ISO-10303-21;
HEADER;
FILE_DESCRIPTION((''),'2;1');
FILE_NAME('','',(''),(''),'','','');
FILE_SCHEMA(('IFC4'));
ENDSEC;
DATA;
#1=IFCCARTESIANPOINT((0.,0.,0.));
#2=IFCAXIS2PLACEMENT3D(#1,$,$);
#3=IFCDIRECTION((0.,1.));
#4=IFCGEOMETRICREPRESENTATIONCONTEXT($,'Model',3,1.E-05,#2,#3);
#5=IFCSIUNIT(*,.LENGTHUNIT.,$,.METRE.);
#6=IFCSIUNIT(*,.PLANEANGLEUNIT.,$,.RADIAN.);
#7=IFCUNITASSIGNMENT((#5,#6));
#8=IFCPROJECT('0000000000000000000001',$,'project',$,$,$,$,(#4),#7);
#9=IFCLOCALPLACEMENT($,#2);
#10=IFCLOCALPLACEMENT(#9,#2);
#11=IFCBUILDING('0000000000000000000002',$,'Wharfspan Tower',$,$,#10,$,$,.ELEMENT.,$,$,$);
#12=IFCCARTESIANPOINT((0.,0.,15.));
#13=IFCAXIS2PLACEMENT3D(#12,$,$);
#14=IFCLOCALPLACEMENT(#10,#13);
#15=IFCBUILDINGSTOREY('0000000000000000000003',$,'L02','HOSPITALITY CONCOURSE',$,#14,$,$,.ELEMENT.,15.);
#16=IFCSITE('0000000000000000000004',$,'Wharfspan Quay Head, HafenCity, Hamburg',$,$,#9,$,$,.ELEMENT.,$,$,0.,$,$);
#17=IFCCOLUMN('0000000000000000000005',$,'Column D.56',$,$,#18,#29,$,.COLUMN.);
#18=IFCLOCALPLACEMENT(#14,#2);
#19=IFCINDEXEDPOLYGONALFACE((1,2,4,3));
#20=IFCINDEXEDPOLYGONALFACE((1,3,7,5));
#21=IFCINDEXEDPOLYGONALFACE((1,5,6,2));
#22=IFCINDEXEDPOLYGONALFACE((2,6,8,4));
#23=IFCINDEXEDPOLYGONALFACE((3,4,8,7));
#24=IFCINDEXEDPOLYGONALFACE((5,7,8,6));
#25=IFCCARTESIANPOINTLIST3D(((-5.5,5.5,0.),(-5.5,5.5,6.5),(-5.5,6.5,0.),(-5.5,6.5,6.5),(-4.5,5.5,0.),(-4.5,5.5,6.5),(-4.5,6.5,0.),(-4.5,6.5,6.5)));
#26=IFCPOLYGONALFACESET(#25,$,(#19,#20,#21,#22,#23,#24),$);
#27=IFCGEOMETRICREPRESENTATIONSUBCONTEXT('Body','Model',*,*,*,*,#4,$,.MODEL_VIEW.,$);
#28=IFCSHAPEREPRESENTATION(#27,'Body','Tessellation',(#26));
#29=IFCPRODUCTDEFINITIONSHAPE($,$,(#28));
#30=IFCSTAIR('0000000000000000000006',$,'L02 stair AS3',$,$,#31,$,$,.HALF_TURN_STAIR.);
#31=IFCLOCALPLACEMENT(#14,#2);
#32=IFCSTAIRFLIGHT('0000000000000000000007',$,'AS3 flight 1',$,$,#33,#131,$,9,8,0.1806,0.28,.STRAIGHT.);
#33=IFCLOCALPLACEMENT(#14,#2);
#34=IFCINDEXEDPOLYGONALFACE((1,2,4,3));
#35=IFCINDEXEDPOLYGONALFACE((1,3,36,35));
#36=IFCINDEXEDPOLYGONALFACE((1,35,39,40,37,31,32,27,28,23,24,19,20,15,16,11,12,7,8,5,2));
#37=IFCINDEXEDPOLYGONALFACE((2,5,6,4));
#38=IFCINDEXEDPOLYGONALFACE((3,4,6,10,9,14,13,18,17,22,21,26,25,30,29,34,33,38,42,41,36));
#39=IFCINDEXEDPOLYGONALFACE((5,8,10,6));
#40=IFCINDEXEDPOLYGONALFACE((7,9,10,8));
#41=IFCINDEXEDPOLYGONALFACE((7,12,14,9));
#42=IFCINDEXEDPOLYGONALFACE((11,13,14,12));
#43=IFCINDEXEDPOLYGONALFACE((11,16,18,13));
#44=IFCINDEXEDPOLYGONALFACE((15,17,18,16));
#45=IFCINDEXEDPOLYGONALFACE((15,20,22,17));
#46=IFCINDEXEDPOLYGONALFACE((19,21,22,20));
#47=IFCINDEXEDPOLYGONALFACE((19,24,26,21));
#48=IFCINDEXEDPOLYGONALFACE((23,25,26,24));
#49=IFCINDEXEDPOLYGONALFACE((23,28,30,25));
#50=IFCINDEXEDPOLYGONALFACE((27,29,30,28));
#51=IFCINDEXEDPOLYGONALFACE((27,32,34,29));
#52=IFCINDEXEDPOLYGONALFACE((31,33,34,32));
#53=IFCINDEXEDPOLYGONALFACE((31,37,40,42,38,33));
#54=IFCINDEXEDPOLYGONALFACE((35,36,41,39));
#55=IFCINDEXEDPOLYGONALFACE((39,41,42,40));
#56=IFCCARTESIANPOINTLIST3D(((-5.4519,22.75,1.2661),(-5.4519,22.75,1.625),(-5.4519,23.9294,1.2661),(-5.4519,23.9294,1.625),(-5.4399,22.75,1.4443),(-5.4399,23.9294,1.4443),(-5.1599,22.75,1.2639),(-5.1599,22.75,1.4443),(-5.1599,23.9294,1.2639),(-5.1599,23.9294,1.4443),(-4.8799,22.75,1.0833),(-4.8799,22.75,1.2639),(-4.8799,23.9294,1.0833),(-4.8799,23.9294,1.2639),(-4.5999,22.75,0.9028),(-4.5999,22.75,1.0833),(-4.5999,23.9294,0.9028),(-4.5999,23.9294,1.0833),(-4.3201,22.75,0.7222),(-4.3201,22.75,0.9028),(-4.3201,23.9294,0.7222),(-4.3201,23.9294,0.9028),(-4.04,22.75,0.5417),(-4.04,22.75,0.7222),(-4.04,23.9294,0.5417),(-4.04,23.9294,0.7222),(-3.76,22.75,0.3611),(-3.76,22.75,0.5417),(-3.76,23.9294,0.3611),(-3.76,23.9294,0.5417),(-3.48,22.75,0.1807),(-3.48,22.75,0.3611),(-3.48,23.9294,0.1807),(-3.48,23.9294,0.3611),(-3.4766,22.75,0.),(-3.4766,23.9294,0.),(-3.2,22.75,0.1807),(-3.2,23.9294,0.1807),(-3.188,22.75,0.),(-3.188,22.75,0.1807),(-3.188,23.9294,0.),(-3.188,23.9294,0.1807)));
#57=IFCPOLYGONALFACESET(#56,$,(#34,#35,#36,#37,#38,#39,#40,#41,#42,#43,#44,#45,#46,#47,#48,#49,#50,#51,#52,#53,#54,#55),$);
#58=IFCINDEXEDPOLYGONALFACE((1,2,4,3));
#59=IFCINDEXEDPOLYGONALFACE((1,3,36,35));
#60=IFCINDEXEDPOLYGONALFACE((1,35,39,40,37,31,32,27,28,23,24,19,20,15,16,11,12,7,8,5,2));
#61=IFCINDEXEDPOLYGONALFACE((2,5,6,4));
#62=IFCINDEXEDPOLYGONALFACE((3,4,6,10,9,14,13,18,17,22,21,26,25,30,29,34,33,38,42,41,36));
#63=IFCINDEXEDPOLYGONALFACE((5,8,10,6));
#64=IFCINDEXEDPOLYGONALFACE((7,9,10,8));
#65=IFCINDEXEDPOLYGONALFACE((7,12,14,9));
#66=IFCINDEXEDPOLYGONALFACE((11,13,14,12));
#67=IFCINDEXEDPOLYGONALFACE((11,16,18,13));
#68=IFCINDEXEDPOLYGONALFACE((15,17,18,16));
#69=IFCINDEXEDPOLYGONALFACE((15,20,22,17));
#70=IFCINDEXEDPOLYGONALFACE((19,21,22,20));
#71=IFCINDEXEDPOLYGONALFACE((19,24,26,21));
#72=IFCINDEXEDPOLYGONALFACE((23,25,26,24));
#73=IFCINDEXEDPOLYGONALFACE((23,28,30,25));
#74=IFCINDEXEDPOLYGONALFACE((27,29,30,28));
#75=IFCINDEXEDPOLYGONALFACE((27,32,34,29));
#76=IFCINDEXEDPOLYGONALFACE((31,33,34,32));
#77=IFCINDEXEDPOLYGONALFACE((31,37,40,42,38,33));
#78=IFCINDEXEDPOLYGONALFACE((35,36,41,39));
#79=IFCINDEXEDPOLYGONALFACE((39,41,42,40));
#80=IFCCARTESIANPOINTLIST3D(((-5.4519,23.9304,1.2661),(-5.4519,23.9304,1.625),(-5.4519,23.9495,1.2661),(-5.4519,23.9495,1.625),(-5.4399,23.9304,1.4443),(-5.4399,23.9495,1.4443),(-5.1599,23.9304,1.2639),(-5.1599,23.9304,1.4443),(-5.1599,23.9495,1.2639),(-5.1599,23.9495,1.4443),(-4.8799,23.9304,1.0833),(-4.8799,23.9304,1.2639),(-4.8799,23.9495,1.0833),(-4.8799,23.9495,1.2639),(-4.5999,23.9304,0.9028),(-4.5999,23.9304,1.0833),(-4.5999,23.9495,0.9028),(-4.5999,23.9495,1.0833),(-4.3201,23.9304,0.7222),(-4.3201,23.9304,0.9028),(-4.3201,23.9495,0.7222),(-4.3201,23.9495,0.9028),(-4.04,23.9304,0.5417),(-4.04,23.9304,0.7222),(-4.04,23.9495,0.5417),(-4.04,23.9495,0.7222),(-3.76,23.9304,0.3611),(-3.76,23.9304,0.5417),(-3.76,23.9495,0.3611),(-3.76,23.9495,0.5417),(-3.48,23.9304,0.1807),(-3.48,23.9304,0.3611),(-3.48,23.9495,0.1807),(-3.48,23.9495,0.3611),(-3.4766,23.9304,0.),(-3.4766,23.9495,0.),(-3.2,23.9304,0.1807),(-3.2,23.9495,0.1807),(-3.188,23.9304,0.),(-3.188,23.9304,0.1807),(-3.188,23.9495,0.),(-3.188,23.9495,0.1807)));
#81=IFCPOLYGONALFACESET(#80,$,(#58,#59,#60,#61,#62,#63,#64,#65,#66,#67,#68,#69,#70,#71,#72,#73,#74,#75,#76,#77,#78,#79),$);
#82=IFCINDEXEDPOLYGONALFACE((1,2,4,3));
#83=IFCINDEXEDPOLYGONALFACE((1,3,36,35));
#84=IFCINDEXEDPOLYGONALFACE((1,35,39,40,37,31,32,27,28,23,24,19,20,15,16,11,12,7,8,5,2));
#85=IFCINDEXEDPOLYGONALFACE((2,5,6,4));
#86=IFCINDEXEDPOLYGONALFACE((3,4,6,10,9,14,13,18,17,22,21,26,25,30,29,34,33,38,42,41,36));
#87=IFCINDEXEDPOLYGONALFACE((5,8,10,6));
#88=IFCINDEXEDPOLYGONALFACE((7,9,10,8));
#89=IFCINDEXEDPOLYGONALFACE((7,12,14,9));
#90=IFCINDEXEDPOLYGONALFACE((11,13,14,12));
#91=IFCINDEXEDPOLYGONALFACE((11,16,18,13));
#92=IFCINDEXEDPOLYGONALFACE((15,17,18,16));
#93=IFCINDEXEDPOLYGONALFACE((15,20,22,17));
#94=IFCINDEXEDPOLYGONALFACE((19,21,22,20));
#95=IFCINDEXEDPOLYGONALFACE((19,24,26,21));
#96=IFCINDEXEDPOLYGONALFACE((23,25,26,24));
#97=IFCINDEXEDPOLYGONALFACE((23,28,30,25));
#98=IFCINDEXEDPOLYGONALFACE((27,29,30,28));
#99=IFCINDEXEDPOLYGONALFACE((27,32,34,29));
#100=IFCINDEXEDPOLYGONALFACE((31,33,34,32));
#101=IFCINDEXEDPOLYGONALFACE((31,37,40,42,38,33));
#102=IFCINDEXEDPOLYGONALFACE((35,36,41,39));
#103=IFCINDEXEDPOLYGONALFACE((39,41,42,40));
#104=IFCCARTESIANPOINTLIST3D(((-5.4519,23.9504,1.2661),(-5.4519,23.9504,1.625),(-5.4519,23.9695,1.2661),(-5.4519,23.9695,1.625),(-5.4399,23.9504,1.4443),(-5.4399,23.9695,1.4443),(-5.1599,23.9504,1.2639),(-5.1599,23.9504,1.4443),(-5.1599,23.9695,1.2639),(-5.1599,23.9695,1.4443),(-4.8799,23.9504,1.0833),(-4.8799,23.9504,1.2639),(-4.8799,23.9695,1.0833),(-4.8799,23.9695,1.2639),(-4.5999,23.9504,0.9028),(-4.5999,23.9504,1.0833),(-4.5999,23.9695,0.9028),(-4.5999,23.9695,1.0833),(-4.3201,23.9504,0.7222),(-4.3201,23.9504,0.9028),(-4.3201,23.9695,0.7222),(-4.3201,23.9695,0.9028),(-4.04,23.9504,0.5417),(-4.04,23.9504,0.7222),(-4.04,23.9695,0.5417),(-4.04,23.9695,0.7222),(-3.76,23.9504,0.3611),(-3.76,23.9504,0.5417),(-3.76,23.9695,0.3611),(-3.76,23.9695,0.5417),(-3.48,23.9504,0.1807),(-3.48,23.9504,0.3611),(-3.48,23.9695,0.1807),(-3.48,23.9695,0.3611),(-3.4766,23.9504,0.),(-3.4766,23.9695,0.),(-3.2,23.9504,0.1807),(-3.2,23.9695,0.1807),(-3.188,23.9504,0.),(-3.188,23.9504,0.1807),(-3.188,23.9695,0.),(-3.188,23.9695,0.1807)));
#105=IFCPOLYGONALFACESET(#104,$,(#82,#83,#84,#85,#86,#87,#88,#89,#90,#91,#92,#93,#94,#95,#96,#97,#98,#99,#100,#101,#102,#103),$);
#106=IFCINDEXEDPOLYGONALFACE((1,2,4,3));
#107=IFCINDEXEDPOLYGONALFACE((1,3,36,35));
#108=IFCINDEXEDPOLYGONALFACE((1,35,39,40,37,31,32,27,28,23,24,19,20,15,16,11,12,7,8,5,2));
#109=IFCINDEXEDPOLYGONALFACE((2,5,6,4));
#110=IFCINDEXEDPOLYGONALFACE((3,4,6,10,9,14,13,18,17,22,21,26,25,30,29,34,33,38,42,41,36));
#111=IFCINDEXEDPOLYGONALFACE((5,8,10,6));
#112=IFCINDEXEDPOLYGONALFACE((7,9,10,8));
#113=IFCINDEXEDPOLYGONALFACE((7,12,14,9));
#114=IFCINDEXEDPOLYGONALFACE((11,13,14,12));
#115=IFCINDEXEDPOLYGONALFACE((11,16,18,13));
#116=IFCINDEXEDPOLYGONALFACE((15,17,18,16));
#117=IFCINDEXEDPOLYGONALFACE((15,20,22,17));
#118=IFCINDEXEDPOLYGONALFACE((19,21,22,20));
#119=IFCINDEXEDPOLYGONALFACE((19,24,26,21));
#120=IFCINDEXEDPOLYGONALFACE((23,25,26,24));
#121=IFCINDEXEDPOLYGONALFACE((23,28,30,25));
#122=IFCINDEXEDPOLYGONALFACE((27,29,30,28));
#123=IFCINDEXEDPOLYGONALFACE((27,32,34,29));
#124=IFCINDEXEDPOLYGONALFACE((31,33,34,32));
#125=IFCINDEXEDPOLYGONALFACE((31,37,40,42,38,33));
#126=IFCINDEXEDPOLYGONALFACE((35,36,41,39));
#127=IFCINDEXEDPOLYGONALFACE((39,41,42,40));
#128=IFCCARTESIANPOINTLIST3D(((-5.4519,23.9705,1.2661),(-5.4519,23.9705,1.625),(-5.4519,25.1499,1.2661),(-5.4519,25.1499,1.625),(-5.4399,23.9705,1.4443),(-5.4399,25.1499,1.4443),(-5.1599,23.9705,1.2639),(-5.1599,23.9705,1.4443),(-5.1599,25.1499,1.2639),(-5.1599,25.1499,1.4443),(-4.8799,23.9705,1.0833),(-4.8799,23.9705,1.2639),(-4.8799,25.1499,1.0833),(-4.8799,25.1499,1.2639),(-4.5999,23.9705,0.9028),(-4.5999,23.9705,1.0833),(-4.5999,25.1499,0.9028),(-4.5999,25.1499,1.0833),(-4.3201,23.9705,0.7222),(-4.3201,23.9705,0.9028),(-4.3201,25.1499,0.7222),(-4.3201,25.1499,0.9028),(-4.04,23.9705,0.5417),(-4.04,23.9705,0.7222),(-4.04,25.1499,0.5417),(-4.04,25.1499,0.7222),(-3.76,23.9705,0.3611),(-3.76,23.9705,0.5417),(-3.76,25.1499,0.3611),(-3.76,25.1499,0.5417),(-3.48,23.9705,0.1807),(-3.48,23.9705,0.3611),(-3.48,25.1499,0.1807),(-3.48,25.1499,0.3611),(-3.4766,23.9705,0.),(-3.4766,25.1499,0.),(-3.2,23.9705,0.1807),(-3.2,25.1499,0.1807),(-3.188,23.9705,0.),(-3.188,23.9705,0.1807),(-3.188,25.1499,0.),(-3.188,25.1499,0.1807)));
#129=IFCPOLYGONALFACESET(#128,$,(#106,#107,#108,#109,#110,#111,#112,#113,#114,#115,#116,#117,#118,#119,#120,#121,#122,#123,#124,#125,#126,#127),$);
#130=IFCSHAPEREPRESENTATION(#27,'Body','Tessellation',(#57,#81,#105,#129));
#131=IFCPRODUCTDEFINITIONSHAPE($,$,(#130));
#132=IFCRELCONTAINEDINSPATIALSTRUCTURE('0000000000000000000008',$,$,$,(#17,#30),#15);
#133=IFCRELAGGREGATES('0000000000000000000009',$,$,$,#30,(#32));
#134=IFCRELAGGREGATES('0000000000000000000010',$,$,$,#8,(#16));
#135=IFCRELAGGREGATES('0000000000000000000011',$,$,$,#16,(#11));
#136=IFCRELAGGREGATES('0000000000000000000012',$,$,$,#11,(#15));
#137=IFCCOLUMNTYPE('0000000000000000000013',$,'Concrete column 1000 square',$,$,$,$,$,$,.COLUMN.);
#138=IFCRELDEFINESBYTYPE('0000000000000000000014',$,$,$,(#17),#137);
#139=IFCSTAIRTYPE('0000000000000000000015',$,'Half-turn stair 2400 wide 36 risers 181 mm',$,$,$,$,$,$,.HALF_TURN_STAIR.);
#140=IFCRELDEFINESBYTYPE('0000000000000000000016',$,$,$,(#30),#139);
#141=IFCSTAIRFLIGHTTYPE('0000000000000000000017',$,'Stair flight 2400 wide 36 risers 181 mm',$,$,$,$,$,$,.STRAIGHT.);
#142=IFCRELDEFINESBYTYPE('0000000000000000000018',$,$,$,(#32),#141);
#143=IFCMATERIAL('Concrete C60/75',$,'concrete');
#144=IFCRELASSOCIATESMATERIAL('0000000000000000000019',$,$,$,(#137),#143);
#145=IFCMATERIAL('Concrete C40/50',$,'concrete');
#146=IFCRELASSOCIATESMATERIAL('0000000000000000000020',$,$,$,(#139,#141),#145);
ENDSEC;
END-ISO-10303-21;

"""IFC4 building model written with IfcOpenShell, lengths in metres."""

from ifc_helpers import new_model, si_unit, direction, frame, origin, origin_2d, place, context, subcontext, project, spatial, polyline, rectangle, outline, extrude, material, material_profile, profile_set, type_object, element, aggregate, save


model = new_model("IFC4")

# Units and contexts
model_context = context("Model", 3, precision=1e-05, world=origin(), true_north=direction((0.0, 1.0)))
body_context = subcontext(model_context, "Body", "Model", "MODEL_VIEW")
ifc_project = project(units=[si_unit("LENGTHUNIT", "METRE"), si_unit("PLANEANGLEUNIT", "RADIAN")], contexts=[model_context])

# Site, building, storey
site_placement = place(None, origin())
site = spatial("IfcSite", under=ifc_project, at=site_placement, Name="Wharfspan Quay Head, HafenCity, Hamburg", CompositionType="ELEMENT", RefElevation=0.0)
building_placement = place(site_placement, origin())
building = spatial("IfcBuilding", under=site, at=building_placement, Name="Wharfspan Tower", CompositionType="ELEMENT")
storey_placement = place(building_placement, frame((0.0, 0.0, 15.0)))
storey = spatial("IfcBuildingStorey", under=building, at=storey_placement, Name="L02", Description="HOSPITALITY CONCOURSE", CompositionType="ELEMENT", Elevation=15.0)

# Column
ifc_material_1 = material(Name="Concrete C60/75", Category="concrete")
ifc_material_profile = material_profile(ifc_material_1, rectangle(XDim=1.0, YDim=1.0, at=origin_2d()))
ifc_profile_set = profile_set([ifc_material_profile], Name="Concrete C60/75")
column_type = type_object("IfcColumnType", Name="Concrete column 1000 square", PredefinedType="COLUMN", material=ifc_profile_set)
column_placement = place(storey_placement, frame((-5.0, 6.0, 0.0), z_axis=(0.0, 0.0, 1.0), x_axis=(1.0, 0.0, 0.0)))
element("IfcColumn", 1, at=column_placement, inside=storey, type_object=column_type, Name="Column D.56", PredefinedType="COLUMN", context=body_context, shape_type="SweptSolid", body=[
    extrude(rectangle(XDim=1.0, YDim=1.0, at=origin_2d()), origin(), (0.0, 0.0, 1.0), 6.5),
])

# Stair, stair flight
ifc_material_2 = material(Name="Concrete C40/50", Category="concrete")
stair_type = type_object("IfcStairType", Name="Half-turn stair 2400 wide 36 risers 181 mm", PredefinedType="HALF_TURN_STAIR", material=ifc_material_2)
stair_1_placement = place(storey_placement, origin())
stair_1 = element("IfcStair", 2, at=stair_1_placement, inside=storey, type_object=stair_type, Name="L02 stair AS3", PredefinedType="HALF_TURN_STAIR")
stair_flight_type = type_object("IfcStairFlightType", Name="Stair flight 2400 wide 36 risers 181 mm", PredefinedType="STRAIGHT", material=ifc_material_2)
stair_flight_1_placement = place(storey_placement, frame((-3.2, 23.95, 0.0), z_axis=(0.0, 0.0, 1.0), x_axis=(-1.0, 0.0, 0.0)))
stair_flight_1 = element("IfcStairFlight", 3, at=stair_flight_1_placement, type_object=stair_flight_type, Name="AS3 flight 1", NumberOfRisers=9, NumberOfTreads=8, PredefinedType="STRAIGHT", RiserHeight=0.1806, TreadLength=0.28, context=body_context, shape_type="SweptSolid", body=[
    extrude(outline(polyline([(-0.012, 0.0), (-0.012, 0.1807), (0.0, 0.1807), (0.28, 0.1807), (0.28, 0.3611), (0.5601, 0.3611), (0.5601, 0.5417), (0.8401, 0.5417), (0.8401, 0.7222), (1.1201, 0.7222), (1.1201, 0.9028), (1.3999, 0.9028), (1.3999, 1.0833), (1.6799, 1.0833), (1.6799, 1.2639), (1.96, 1.2639), (1.96, 1.4443), (2.24, 1.4443), (2.252, 1.625), (2.252, 1.2661), (0.2766, 0.0), (-0.012, 0.0)])), frame((0.0, 1.2, 0.0), z_axis=(0.0, -1.0, 0.0), x_axis=(1.0, 0.0, 0.0)), (0.0, 0.0, 1.0), 1.1794),
    extrude(outline(polyline([(-0.012, 0.0), (-0.012, 0.1807), (0.0, 0.1807), (0.28, 0.1807), (0.28, 0.3611), (0.5601, 0.3611), (0.5601, 0.5417), (0.8401, 0.5417), (0.8401, 0.7222), (1.1201, 0.7222), (1.1201, 0.9028), (1.3999, 0.9028), (1.3999, 1.0833), (1.6799, 1.0833), (1.6799, 1.2639), (1.96, 1.2639), (1.96, 1.4443), (2.24, 1.4443), (2.252, 1.625), (2.252, 1.2661), (0.2766, 0.0), (-0.012, 0.0)])), frame((0.0, 0.0195, 0.0), z_axis=(0.0, -1.0, 0.0), x_axis=(1.0, 0.0, 0.0)), (0.0, 0.0, 1.0), 0.019),
    extrude(outline(polyline([(-0.012, 0.0), (-0.012, 0.1807), (0.0, 0.1807), (0.28, 0.1807), (0.28, 0.3611), (0.5601, 0.3611), (0.5601, 0.5417), (0.8401, 0.5417), (0.8401, 0.7222), (1.1201, 0.7222), (1.1201, 0.9028), (1.3999, 0.9028), (1.3999, 1.0833), (1.6799, 1.0833), (1.6799, 1.2639), (1.96, 1.2639), (1.96, 1.4443), (2.24, 1.4443), (2.252, 1.625), (2.252, 1.2661), (0.2766, 0.0), (-0.012, 0.0)])), frame((0.0, -0.0005, 0.0), z_axis=(0.0, -1.0, 0.0), x_axis=(1.0, 0.0, 0.0)), (0.0, 0.0, 1.0), 0.019),
    extrude(outline(polyline([(-0.012, 0.0), (-0.012, 0.1807), (0.0, 0.1807), (0.28, 0.1807), (0.28, 0.3611), (0.5601, 0.3611), (0.5601, 0.5417), (0.8401, 0.5417), (0.8401, 0.7222), (1.1201, 0.7222), (1.1201, 0.9028), (1.3999, 0.9028), (1.3999, 1.0833), (1.6799, 1.0833), (1.6799, 1.2639), (1.96, 1.2639), (1.96, 1.4443), (2.24, 1.4443), (2.252, 1.625), (2.252, 1.2661), (0.2766, 0.0), (-0.012, 0.0)])), frame((0.0, -0.0205, 0.0), z_axis=(0.0, -1.0, 0.0), x_axis=(1.0, 0.0, 0.0)), (0.0, 0.0, 1.0), 1.1794),
])
aggregate(stair_1, [stair_flight_1])

save(model, "model.ifc")
